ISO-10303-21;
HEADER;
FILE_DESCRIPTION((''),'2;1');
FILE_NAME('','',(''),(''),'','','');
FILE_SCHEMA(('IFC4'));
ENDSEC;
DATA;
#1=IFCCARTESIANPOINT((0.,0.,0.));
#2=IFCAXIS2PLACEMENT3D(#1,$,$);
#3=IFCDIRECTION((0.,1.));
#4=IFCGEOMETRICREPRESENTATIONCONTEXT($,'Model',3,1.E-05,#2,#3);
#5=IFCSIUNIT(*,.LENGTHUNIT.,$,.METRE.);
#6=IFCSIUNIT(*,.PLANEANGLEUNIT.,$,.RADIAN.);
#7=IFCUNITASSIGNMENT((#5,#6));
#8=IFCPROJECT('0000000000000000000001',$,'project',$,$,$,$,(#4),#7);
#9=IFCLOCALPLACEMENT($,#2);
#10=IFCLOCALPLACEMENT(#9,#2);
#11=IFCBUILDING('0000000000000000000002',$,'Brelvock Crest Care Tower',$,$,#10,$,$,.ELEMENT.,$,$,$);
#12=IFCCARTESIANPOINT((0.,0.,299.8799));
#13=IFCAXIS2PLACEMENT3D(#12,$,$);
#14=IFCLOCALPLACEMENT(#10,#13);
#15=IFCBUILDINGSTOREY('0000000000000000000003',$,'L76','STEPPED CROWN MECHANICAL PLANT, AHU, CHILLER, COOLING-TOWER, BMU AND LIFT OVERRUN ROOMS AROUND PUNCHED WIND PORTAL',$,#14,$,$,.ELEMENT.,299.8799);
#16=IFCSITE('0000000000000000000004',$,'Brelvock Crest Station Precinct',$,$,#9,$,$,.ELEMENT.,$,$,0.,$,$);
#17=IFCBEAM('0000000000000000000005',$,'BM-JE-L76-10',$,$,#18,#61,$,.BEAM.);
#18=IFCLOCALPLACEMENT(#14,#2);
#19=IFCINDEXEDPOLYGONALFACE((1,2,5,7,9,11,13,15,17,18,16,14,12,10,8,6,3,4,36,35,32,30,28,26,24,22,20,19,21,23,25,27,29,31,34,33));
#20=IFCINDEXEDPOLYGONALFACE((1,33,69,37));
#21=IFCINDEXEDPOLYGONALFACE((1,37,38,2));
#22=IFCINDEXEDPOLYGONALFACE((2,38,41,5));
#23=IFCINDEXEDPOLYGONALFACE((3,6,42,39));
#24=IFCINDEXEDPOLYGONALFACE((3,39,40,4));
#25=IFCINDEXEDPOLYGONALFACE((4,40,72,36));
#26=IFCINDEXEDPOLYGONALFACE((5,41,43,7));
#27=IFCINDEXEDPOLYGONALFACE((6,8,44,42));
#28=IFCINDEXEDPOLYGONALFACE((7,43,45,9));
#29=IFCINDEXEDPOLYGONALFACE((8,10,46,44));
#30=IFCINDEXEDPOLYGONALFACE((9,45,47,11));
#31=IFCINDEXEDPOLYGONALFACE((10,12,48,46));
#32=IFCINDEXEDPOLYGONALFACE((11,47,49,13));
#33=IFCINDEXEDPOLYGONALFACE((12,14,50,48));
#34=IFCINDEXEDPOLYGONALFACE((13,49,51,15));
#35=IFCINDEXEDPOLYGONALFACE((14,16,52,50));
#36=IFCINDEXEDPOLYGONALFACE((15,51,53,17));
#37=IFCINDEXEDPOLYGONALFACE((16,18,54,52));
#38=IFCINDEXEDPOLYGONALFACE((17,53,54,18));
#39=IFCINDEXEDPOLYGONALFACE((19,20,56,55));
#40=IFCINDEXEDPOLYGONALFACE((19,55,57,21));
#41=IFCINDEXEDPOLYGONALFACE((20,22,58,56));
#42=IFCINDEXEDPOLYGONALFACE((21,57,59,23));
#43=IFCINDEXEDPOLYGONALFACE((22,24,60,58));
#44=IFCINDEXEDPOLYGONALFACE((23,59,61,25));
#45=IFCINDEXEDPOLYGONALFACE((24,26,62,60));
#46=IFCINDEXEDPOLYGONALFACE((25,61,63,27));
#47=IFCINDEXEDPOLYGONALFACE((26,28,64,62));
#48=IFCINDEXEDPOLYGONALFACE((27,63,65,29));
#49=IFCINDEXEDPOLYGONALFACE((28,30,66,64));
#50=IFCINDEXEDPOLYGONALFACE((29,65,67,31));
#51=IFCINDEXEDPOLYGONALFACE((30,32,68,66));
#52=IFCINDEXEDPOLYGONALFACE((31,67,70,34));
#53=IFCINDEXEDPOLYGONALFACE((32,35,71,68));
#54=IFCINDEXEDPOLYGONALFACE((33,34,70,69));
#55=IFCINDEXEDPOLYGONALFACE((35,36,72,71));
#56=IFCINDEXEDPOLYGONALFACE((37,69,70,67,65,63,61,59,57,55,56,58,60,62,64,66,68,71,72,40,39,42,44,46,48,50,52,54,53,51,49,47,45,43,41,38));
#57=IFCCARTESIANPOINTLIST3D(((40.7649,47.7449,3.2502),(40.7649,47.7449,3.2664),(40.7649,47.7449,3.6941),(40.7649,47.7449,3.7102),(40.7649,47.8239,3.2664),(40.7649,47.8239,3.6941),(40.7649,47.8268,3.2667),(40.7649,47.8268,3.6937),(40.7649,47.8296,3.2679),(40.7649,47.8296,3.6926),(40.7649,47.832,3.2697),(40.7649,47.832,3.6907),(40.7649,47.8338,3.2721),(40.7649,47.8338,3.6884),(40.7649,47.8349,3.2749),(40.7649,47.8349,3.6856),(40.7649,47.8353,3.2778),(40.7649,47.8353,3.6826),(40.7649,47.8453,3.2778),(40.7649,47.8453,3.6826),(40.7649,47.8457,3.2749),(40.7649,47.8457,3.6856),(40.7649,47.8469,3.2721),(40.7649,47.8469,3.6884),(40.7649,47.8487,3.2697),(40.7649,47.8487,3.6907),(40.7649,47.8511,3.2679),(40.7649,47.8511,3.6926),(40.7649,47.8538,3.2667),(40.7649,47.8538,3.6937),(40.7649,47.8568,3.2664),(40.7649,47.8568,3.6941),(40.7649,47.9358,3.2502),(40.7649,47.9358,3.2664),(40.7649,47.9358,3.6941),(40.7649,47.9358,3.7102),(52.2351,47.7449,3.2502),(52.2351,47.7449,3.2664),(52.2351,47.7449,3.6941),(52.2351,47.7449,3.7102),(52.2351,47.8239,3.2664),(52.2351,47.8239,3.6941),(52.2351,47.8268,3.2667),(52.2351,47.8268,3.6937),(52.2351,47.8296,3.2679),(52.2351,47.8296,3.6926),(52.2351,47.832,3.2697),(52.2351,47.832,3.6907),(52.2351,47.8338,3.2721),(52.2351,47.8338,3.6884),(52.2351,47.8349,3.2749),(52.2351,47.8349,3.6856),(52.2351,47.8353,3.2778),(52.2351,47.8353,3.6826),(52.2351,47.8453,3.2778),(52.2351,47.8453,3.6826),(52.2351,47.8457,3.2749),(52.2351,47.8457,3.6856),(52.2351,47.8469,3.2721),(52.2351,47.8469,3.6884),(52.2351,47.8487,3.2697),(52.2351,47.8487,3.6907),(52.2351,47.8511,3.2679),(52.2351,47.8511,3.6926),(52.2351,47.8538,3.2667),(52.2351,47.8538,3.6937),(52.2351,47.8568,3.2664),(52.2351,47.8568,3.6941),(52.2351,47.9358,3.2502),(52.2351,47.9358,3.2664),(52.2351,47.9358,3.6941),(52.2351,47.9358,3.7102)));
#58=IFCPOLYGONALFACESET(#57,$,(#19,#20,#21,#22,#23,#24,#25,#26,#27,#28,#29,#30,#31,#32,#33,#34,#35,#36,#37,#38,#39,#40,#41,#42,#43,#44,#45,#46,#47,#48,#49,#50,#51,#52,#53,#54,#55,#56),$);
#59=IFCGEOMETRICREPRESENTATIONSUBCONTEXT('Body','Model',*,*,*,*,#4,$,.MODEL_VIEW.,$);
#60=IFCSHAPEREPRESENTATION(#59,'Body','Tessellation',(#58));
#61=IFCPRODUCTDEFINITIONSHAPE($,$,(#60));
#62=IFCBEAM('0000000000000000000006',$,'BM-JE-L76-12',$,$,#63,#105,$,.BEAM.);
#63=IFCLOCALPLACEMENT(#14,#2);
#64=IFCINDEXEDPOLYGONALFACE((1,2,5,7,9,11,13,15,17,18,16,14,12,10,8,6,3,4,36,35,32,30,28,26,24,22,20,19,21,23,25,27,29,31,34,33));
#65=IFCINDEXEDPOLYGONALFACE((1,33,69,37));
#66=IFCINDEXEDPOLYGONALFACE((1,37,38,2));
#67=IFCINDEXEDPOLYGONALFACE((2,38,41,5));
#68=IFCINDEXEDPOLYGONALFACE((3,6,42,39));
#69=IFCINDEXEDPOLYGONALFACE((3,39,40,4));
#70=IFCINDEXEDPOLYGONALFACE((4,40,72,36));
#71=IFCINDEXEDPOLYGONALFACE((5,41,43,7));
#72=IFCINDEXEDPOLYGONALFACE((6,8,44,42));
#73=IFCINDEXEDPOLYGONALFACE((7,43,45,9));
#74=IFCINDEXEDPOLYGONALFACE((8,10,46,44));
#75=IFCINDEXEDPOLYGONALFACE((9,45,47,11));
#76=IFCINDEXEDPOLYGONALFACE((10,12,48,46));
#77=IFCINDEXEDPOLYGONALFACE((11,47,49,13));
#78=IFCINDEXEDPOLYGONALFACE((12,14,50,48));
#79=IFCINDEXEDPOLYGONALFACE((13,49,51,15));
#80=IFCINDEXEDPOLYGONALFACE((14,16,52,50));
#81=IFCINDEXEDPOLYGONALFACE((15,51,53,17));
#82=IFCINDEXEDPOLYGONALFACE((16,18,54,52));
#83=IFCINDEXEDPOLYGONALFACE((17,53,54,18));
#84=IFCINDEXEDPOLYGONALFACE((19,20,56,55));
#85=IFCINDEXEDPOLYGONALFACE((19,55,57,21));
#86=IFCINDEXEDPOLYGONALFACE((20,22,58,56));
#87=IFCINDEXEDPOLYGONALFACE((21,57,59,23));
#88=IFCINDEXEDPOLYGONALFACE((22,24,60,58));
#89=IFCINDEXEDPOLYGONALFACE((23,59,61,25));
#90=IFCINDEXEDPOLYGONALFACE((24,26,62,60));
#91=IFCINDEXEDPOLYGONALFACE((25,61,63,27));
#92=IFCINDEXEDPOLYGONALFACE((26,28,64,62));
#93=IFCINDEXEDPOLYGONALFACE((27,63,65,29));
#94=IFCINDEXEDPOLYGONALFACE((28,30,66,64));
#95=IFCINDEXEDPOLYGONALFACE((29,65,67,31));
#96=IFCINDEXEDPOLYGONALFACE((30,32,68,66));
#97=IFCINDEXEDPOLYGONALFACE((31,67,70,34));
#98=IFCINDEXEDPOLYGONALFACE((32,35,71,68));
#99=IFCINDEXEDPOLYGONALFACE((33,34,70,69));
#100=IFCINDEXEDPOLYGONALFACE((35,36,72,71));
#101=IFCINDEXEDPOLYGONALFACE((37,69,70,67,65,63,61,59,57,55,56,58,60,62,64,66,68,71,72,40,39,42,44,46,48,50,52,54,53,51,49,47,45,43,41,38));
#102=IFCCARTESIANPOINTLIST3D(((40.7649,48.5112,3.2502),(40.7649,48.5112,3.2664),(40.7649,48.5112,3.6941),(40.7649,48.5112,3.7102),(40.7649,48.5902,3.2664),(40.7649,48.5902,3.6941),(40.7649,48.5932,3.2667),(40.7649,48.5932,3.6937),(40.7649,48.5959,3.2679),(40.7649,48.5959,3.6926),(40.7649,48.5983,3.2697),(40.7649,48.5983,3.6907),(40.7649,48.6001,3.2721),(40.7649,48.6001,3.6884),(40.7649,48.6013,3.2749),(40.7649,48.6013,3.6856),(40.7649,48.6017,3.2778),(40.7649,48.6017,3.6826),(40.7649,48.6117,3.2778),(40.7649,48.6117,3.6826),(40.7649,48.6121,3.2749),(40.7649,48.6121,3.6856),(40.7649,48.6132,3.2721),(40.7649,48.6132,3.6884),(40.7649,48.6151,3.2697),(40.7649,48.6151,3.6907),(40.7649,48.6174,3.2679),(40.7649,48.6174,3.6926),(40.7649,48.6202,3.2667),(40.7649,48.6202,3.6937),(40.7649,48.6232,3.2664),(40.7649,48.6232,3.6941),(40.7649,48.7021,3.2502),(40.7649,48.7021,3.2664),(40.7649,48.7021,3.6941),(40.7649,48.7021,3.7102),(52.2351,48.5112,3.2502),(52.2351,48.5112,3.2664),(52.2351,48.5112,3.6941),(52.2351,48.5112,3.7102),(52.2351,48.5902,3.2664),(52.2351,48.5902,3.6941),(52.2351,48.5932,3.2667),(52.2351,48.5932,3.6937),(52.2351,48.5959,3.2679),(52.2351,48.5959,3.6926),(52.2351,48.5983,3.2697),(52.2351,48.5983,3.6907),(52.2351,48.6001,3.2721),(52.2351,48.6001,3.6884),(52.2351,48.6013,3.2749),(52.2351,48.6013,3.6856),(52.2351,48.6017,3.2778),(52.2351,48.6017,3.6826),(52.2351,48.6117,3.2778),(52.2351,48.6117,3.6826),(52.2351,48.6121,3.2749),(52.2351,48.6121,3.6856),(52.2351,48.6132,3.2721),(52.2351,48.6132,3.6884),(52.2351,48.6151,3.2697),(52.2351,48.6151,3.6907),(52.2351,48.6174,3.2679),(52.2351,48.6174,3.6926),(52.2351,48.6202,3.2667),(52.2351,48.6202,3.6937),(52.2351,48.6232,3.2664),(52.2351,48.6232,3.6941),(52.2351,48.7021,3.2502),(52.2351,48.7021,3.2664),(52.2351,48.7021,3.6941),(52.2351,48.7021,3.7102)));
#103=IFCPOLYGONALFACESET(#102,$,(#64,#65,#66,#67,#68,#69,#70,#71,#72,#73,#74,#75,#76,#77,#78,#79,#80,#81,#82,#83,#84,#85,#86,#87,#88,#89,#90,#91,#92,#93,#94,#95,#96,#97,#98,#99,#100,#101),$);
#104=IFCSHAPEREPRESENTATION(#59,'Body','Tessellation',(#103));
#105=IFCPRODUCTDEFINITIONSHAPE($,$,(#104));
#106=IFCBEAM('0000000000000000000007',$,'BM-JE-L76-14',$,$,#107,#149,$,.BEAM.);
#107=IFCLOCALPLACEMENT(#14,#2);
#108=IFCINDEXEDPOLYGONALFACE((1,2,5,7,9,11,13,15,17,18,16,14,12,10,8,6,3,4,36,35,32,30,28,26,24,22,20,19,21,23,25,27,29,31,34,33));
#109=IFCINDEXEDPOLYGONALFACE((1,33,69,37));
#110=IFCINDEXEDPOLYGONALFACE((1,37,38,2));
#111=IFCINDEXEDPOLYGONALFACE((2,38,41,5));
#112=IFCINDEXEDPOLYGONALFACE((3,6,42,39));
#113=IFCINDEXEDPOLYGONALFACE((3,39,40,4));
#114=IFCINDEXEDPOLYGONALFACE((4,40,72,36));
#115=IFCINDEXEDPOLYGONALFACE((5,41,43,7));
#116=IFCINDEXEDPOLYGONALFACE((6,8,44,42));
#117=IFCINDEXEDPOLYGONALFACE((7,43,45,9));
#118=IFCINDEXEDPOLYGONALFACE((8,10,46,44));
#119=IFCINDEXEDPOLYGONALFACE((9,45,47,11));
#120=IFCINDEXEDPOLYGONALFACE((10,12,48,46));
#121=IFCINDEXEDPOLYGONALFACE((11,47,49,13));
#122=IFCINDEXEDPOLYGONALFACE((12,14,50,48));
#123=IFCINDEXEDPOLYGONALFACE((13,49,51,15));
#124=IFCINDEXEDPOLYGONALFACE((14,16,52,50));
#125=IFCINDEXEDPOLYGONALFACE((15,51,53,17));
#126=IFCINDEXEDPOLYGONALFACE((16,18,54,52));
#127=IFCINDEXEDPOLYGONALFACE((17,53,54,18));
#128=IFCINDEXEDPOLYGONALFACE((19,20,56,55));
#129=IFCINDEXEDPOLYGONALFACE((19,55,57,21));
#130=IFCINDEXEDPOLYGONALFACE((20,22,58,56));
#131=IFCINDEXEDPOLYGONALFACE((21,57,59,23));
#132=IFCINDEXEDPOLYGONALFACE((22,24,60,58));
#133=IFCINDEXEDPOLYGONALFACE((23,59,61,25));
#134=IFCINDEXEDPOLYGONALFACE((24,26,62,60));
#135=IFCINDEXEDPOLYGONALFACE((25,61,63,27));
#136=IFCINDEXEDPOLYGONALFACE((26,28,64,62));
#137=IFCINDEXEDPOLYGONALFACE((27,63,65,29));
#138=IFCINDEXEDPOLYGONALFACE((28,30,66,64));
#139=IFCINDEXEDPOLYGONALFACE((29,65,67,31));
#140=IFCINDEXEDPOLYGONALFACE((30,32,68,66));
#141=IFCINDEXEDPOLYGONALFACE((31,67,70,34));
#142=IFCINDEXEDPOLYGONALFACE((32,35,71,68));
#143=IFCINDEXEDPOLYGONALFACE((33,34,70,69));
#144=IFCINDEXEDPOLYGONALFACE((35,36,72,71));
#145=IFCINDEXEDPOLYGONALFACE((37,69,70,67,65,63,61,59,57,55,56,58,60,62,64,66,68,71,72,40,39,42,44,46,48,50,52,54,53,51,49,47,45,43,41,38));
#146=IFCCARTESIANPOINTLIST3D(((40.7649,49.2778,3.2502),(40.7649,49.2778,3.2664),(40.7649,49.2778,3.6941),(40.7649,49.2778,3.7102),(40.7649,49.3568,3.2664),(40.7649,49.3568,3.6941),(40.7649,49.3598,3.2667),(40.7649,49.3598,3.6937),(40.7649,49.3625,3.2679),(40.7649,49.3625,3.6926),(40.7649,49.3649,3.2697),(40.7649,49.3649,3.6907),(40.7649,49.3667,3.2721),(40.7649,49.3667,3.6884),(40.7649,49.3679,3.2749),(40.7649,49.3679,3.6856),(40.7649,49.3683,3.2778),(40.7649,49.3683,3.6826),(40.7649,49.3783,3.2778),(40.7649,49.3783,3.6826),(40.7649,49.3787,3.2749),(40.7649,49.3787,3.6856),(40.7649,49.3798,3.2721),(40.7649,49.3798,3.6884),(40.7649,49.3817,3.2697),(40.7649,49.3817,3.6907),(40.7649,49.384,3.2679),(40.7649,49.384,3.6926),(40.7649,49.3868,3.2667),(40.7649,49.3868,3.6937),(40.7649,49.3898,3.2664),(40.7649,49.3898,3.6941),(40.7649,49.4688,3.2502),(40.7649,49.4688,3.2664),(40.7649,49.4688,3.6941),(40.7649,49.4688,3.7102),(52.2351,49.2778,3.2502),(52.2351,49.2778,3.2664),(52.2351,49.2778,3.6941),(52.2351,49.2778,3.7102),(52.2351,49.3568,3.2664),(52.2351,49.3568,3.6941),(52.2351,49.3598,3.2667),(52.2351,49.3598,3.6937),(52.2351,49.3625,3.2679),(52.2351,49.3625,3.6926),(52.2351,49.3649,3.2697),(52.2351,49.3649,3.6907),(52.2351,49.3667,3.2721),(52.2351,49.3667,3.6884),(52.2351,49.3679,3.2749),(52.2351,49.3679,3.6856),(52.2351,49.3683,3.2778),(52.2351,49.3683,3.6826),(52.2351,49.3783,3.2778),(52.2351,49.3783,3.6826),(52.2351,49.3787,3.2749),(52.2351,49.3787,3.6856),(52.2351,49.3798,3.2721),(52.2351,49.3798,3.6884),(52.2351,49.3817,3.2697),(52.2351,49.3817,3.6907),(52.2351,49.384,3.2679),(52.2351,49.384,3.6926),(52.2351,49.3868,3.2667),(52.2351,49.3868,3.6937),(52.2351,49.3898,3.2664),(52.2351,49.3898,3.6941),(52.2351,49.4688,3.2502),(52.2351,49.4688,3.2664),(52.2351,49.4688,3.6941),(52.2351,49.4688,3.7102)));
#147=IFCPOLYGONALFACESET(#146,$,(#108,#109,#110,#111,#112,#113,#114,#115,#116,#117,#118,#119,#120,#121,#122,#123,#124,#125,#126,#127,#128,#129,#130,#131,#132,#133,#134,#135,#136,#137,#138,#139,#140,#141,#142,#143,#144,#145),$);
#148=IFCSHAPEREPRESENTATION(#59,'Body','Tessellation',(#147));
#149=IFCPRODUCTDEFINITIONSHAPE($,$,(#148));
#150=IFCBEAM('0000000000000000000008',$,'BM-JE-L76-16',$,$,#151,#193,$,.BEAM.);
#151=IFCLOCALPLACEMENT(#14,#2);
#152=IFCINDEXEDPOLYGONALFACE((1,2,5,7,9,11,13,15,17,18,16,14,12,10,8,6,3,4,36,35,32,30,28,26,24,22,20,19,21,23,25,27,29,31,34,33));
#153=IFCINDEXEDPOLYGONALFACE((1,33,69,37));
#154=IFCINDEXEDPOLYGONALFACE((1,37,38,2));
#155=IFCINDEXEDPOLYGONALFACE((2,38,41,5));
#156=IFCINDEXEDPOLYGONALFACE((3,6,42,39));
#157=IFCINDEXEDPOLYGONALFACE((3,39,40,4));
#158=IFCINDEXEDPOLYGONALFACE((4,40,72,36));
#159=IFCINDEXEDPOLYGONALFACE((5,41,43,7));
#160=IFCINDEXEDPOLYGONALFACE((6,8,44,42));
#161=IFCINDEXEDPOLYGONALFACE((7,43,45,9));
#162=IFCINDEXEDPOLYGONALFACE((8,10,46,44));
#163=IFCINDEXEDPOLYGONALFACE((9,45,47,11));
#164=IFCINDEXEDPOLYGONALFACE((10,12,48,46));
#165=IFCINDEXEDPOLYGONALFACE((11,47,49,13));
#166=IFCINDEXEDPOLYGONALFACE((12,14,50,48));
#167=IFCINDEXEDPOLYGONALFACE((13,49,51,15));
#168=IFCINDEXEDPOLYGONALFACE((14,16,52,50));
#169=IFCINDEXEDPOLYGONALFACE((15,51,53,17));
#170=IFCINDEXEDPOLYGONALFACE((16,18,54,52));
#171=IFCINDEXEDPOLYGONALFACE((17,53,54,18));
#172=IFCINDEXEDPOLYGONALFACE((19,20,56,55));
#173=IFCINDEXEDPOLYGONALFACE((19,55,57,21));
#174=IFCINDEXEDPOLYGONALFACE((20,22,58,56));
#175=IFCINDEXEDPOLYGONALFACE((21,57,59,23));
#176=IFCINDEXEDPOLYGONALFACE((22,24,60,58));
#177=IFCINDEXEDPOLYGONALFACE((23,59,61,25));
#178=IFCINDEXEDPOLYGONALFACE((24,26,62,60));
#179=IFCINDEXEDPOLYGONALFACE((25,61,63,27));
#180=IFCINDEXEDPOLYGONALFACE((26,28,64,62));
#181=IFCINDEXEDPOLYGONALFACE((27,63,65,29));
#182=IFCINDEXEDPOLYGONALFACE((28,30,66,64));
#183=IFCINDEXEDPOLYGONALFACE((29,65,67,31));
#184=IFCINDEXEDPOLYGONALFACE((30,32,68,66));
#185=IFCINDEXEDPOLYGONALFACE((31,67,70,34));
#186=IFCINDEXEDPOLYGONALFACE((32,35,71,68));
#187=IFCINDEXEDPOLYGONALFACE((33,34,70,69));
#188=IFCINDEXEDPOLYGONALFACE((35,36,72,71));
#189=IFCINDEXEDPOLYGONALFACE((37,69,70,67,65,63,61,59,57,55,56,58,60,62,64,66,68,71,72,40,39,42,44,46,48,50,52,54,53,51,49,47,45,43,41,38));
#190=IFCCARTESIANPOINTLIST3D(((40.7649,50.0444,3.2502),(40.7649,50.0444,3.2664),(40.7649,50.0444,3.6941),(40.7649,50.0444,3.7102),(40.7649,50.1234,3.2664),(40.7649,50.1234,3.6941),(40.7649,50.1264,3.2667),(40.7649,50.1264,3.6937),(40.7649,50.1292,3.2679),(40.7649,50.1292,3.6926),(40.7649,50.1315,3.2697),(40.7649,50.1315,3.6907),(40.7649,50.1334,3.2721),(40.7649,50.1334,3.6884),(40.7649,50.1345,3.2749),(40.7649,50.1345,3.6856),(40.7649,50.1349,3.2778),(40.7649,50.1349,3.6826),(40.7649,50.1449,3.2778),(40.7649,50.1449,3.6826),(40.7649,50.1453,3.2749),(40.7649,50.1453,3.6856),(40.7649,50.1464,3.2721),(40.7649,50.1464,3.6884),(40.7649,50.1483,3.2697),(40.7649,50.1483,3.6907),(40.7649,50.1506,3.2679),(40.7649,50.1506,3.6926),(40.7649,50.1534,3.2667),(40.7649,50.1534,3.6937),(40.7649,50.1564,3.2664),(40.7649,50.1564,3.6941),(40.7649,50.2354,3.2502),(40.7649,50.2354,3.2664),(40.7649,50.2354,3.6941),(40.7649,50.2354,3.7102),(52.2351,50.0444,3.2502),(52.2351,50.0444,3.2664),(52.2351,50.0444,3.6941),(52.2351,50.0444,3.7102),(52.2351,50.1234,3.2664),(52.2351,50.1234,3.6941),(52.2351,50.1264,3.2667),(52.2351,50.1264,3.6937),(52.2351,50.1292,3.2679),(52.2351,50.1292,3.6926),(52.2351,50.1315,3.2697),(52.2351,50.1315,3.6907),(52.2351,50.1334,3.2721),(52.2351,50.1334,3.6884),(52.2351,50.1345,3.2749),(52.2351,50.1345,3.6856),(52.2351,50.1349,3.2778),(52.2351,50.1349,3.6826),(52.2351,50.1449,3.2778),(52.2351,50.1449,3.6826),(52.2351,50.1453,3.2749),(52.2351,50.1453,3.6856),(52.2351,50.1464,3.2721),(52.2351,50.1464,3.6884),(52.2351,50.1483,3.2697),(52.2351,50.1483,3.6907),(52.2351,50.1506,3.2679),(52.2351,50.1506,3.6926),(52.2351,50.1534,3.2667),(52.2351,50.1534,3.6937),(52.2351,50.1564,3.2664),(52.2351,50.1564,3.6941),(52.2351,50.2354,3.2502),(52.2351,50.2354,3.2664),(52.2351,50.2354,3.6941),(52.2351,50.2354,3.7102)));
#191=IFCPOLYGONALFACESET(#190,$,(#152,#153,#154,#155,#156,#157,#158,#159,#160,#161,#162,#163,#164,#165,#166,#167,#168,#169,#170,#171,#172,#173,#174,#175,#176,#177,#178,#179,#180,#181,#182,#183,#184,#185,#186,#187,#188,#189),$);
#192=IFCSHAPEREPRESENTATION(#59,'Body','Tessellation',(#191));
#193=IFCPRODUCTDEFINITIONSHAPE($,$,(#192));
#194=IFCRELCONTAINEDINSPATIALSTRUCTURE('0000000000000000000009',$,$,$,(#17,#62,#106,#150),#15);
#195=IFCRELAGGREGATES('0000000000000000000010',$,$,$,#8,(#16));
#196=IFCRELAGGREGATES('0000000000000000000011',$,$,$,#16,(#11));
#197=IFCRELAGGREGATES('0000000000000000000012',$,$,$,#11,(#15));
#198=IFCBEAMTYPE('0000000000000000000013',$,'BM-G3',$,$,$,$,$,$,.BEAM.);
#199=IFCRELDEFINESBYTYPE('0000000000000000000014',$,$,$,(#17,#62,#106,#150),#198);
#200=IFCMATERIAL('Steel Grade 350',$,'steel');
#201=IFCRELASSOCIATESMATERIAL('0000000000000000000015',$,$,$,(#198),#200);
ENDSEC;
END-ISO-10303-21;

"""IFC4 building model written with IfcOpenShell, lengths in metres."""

from ifc_helpers import new_model, si_unit, direction, frame, origin, origin_2d, place, context, subcontext, project, spatial, i_section, extrude, source, transform, mapped, material, material_profile, profile_set, type_object, element, save


model = new_model("IFC4")

# Units and contexts
model_context = context("Model", 3, precision=1e-05, world=origin(), true_north=direction((0.0, 1.0)))
body_context = subcontext(model_context, "Body", "Model", "MODEL_VIEW")
ifc_project = project(units=[si_unit("LENGTHUNIT", "METRE"), si_unit("PLANEANGLEUNIT", "RADIAN")], contexts=[model_context])

# Site, building, storey
site_placement = place(None, origin())
site = spatial("IfcSite", under=ifc_project, at=site_placement, Name="Brelvock Crest Station Precinct", CompositionType="ELEMENT", RefElevation=0.0)
building_placement = place(site_placement, origin())
building = spatial("IfcBuilding", under=site, at=building_placement, Name="Brelvock Crest Care Tower", CompositionType="ELEMENT")
storey_placement = place(building_placement, frame((0.0, 0.0, 299.8799)))
storey = spatial("IfcBuildingStorey", under=building, at=storey_placement, Name="L76", Description="STEPPED CROWN MECHANICAL PLANT, AHU, CHILLER, COOLING-TOWER, BMU AND LIFT OVERRUN ROOMS AROUND PUNCHED WIND PORTAL", CompositionType="ELEMENT", Elevation=299.8799)

# Shared definitions
ifc_material_1 = material(Name="Steel Grade 350", Category="steel")

# Beams
ifc_material_profile_1 = material_profile(ifc_material_1, i_section(OverallWidth=0.1909, OverallDepth=0.46, WebThickness=0.01, FlangeThickness=0.0161, FilletRadius=0.0115, at=origin_2d()), Name="460UB82.1")
ifc_profile_set_1 = profile_set([ifc_material_profile_1], Name="Steel Grade 350")
beam_type_1 = type_object("IfcBeamType", Name="BM-G3", PredefinedType="BEAM", material=ifc_profile_set_1)
shared_shape_1 = source(origin(), body_context, "Body", "SweptSolid", [
    extrude(i_section(OverallWidth=0.1909, OverallDepth=0.46, WebThickness=0.01, FlangeThickness=0.0161, FilletRadius=0.0115, at=origin_2d()), origin(), (0.0, 0.0, 1.0), 11.4702),
])
for number, where, z_axis, x_axis, name in (
    (1, (40.7649, 47.8403, 3.4802), (1.0, 0.0, 0.0), (0.0, 1.0, 0.0), "BM-JE-L76-10"),
    (2, (40.7649, 48.6067, 3.4802), (1.0, 0.0, 0.0), (0.0, 1.0, 0.0), "BM-JE-L76-12"),
    (3, (40.7649, 49.3733, 3.4802), (1.0, 0.0, 0.0), (0.0, 1.0, 0.0), "BM-JE-L76-14"),
    (4, (40.7649, 50.1399, 3.4802), (1.0, 0.0, 0.0), (0.0, 1.0, 0.0), "BM-JE-L76-16"),
):
    element("IfcBeam", number, at=place(storey_placement, frame(where, z_axis=z_axis, x_axis=x_axis)), inside=storey, type_object=beam_type_1, Name=name, PredefinedType="BEAM", context=body_context, shape_type="MappedRepresentation", body=[
        mapped(shared_shape_1, transform((0.0, 0.0, 0.0), x_axis=(1.0, 0.0, 0.0), y_axis=(0.0, 1.0, 0.0), z_axis=(0.0, 0.0, 1.0), scale=1.0)),
    ])

save(model, "model.ifc")
